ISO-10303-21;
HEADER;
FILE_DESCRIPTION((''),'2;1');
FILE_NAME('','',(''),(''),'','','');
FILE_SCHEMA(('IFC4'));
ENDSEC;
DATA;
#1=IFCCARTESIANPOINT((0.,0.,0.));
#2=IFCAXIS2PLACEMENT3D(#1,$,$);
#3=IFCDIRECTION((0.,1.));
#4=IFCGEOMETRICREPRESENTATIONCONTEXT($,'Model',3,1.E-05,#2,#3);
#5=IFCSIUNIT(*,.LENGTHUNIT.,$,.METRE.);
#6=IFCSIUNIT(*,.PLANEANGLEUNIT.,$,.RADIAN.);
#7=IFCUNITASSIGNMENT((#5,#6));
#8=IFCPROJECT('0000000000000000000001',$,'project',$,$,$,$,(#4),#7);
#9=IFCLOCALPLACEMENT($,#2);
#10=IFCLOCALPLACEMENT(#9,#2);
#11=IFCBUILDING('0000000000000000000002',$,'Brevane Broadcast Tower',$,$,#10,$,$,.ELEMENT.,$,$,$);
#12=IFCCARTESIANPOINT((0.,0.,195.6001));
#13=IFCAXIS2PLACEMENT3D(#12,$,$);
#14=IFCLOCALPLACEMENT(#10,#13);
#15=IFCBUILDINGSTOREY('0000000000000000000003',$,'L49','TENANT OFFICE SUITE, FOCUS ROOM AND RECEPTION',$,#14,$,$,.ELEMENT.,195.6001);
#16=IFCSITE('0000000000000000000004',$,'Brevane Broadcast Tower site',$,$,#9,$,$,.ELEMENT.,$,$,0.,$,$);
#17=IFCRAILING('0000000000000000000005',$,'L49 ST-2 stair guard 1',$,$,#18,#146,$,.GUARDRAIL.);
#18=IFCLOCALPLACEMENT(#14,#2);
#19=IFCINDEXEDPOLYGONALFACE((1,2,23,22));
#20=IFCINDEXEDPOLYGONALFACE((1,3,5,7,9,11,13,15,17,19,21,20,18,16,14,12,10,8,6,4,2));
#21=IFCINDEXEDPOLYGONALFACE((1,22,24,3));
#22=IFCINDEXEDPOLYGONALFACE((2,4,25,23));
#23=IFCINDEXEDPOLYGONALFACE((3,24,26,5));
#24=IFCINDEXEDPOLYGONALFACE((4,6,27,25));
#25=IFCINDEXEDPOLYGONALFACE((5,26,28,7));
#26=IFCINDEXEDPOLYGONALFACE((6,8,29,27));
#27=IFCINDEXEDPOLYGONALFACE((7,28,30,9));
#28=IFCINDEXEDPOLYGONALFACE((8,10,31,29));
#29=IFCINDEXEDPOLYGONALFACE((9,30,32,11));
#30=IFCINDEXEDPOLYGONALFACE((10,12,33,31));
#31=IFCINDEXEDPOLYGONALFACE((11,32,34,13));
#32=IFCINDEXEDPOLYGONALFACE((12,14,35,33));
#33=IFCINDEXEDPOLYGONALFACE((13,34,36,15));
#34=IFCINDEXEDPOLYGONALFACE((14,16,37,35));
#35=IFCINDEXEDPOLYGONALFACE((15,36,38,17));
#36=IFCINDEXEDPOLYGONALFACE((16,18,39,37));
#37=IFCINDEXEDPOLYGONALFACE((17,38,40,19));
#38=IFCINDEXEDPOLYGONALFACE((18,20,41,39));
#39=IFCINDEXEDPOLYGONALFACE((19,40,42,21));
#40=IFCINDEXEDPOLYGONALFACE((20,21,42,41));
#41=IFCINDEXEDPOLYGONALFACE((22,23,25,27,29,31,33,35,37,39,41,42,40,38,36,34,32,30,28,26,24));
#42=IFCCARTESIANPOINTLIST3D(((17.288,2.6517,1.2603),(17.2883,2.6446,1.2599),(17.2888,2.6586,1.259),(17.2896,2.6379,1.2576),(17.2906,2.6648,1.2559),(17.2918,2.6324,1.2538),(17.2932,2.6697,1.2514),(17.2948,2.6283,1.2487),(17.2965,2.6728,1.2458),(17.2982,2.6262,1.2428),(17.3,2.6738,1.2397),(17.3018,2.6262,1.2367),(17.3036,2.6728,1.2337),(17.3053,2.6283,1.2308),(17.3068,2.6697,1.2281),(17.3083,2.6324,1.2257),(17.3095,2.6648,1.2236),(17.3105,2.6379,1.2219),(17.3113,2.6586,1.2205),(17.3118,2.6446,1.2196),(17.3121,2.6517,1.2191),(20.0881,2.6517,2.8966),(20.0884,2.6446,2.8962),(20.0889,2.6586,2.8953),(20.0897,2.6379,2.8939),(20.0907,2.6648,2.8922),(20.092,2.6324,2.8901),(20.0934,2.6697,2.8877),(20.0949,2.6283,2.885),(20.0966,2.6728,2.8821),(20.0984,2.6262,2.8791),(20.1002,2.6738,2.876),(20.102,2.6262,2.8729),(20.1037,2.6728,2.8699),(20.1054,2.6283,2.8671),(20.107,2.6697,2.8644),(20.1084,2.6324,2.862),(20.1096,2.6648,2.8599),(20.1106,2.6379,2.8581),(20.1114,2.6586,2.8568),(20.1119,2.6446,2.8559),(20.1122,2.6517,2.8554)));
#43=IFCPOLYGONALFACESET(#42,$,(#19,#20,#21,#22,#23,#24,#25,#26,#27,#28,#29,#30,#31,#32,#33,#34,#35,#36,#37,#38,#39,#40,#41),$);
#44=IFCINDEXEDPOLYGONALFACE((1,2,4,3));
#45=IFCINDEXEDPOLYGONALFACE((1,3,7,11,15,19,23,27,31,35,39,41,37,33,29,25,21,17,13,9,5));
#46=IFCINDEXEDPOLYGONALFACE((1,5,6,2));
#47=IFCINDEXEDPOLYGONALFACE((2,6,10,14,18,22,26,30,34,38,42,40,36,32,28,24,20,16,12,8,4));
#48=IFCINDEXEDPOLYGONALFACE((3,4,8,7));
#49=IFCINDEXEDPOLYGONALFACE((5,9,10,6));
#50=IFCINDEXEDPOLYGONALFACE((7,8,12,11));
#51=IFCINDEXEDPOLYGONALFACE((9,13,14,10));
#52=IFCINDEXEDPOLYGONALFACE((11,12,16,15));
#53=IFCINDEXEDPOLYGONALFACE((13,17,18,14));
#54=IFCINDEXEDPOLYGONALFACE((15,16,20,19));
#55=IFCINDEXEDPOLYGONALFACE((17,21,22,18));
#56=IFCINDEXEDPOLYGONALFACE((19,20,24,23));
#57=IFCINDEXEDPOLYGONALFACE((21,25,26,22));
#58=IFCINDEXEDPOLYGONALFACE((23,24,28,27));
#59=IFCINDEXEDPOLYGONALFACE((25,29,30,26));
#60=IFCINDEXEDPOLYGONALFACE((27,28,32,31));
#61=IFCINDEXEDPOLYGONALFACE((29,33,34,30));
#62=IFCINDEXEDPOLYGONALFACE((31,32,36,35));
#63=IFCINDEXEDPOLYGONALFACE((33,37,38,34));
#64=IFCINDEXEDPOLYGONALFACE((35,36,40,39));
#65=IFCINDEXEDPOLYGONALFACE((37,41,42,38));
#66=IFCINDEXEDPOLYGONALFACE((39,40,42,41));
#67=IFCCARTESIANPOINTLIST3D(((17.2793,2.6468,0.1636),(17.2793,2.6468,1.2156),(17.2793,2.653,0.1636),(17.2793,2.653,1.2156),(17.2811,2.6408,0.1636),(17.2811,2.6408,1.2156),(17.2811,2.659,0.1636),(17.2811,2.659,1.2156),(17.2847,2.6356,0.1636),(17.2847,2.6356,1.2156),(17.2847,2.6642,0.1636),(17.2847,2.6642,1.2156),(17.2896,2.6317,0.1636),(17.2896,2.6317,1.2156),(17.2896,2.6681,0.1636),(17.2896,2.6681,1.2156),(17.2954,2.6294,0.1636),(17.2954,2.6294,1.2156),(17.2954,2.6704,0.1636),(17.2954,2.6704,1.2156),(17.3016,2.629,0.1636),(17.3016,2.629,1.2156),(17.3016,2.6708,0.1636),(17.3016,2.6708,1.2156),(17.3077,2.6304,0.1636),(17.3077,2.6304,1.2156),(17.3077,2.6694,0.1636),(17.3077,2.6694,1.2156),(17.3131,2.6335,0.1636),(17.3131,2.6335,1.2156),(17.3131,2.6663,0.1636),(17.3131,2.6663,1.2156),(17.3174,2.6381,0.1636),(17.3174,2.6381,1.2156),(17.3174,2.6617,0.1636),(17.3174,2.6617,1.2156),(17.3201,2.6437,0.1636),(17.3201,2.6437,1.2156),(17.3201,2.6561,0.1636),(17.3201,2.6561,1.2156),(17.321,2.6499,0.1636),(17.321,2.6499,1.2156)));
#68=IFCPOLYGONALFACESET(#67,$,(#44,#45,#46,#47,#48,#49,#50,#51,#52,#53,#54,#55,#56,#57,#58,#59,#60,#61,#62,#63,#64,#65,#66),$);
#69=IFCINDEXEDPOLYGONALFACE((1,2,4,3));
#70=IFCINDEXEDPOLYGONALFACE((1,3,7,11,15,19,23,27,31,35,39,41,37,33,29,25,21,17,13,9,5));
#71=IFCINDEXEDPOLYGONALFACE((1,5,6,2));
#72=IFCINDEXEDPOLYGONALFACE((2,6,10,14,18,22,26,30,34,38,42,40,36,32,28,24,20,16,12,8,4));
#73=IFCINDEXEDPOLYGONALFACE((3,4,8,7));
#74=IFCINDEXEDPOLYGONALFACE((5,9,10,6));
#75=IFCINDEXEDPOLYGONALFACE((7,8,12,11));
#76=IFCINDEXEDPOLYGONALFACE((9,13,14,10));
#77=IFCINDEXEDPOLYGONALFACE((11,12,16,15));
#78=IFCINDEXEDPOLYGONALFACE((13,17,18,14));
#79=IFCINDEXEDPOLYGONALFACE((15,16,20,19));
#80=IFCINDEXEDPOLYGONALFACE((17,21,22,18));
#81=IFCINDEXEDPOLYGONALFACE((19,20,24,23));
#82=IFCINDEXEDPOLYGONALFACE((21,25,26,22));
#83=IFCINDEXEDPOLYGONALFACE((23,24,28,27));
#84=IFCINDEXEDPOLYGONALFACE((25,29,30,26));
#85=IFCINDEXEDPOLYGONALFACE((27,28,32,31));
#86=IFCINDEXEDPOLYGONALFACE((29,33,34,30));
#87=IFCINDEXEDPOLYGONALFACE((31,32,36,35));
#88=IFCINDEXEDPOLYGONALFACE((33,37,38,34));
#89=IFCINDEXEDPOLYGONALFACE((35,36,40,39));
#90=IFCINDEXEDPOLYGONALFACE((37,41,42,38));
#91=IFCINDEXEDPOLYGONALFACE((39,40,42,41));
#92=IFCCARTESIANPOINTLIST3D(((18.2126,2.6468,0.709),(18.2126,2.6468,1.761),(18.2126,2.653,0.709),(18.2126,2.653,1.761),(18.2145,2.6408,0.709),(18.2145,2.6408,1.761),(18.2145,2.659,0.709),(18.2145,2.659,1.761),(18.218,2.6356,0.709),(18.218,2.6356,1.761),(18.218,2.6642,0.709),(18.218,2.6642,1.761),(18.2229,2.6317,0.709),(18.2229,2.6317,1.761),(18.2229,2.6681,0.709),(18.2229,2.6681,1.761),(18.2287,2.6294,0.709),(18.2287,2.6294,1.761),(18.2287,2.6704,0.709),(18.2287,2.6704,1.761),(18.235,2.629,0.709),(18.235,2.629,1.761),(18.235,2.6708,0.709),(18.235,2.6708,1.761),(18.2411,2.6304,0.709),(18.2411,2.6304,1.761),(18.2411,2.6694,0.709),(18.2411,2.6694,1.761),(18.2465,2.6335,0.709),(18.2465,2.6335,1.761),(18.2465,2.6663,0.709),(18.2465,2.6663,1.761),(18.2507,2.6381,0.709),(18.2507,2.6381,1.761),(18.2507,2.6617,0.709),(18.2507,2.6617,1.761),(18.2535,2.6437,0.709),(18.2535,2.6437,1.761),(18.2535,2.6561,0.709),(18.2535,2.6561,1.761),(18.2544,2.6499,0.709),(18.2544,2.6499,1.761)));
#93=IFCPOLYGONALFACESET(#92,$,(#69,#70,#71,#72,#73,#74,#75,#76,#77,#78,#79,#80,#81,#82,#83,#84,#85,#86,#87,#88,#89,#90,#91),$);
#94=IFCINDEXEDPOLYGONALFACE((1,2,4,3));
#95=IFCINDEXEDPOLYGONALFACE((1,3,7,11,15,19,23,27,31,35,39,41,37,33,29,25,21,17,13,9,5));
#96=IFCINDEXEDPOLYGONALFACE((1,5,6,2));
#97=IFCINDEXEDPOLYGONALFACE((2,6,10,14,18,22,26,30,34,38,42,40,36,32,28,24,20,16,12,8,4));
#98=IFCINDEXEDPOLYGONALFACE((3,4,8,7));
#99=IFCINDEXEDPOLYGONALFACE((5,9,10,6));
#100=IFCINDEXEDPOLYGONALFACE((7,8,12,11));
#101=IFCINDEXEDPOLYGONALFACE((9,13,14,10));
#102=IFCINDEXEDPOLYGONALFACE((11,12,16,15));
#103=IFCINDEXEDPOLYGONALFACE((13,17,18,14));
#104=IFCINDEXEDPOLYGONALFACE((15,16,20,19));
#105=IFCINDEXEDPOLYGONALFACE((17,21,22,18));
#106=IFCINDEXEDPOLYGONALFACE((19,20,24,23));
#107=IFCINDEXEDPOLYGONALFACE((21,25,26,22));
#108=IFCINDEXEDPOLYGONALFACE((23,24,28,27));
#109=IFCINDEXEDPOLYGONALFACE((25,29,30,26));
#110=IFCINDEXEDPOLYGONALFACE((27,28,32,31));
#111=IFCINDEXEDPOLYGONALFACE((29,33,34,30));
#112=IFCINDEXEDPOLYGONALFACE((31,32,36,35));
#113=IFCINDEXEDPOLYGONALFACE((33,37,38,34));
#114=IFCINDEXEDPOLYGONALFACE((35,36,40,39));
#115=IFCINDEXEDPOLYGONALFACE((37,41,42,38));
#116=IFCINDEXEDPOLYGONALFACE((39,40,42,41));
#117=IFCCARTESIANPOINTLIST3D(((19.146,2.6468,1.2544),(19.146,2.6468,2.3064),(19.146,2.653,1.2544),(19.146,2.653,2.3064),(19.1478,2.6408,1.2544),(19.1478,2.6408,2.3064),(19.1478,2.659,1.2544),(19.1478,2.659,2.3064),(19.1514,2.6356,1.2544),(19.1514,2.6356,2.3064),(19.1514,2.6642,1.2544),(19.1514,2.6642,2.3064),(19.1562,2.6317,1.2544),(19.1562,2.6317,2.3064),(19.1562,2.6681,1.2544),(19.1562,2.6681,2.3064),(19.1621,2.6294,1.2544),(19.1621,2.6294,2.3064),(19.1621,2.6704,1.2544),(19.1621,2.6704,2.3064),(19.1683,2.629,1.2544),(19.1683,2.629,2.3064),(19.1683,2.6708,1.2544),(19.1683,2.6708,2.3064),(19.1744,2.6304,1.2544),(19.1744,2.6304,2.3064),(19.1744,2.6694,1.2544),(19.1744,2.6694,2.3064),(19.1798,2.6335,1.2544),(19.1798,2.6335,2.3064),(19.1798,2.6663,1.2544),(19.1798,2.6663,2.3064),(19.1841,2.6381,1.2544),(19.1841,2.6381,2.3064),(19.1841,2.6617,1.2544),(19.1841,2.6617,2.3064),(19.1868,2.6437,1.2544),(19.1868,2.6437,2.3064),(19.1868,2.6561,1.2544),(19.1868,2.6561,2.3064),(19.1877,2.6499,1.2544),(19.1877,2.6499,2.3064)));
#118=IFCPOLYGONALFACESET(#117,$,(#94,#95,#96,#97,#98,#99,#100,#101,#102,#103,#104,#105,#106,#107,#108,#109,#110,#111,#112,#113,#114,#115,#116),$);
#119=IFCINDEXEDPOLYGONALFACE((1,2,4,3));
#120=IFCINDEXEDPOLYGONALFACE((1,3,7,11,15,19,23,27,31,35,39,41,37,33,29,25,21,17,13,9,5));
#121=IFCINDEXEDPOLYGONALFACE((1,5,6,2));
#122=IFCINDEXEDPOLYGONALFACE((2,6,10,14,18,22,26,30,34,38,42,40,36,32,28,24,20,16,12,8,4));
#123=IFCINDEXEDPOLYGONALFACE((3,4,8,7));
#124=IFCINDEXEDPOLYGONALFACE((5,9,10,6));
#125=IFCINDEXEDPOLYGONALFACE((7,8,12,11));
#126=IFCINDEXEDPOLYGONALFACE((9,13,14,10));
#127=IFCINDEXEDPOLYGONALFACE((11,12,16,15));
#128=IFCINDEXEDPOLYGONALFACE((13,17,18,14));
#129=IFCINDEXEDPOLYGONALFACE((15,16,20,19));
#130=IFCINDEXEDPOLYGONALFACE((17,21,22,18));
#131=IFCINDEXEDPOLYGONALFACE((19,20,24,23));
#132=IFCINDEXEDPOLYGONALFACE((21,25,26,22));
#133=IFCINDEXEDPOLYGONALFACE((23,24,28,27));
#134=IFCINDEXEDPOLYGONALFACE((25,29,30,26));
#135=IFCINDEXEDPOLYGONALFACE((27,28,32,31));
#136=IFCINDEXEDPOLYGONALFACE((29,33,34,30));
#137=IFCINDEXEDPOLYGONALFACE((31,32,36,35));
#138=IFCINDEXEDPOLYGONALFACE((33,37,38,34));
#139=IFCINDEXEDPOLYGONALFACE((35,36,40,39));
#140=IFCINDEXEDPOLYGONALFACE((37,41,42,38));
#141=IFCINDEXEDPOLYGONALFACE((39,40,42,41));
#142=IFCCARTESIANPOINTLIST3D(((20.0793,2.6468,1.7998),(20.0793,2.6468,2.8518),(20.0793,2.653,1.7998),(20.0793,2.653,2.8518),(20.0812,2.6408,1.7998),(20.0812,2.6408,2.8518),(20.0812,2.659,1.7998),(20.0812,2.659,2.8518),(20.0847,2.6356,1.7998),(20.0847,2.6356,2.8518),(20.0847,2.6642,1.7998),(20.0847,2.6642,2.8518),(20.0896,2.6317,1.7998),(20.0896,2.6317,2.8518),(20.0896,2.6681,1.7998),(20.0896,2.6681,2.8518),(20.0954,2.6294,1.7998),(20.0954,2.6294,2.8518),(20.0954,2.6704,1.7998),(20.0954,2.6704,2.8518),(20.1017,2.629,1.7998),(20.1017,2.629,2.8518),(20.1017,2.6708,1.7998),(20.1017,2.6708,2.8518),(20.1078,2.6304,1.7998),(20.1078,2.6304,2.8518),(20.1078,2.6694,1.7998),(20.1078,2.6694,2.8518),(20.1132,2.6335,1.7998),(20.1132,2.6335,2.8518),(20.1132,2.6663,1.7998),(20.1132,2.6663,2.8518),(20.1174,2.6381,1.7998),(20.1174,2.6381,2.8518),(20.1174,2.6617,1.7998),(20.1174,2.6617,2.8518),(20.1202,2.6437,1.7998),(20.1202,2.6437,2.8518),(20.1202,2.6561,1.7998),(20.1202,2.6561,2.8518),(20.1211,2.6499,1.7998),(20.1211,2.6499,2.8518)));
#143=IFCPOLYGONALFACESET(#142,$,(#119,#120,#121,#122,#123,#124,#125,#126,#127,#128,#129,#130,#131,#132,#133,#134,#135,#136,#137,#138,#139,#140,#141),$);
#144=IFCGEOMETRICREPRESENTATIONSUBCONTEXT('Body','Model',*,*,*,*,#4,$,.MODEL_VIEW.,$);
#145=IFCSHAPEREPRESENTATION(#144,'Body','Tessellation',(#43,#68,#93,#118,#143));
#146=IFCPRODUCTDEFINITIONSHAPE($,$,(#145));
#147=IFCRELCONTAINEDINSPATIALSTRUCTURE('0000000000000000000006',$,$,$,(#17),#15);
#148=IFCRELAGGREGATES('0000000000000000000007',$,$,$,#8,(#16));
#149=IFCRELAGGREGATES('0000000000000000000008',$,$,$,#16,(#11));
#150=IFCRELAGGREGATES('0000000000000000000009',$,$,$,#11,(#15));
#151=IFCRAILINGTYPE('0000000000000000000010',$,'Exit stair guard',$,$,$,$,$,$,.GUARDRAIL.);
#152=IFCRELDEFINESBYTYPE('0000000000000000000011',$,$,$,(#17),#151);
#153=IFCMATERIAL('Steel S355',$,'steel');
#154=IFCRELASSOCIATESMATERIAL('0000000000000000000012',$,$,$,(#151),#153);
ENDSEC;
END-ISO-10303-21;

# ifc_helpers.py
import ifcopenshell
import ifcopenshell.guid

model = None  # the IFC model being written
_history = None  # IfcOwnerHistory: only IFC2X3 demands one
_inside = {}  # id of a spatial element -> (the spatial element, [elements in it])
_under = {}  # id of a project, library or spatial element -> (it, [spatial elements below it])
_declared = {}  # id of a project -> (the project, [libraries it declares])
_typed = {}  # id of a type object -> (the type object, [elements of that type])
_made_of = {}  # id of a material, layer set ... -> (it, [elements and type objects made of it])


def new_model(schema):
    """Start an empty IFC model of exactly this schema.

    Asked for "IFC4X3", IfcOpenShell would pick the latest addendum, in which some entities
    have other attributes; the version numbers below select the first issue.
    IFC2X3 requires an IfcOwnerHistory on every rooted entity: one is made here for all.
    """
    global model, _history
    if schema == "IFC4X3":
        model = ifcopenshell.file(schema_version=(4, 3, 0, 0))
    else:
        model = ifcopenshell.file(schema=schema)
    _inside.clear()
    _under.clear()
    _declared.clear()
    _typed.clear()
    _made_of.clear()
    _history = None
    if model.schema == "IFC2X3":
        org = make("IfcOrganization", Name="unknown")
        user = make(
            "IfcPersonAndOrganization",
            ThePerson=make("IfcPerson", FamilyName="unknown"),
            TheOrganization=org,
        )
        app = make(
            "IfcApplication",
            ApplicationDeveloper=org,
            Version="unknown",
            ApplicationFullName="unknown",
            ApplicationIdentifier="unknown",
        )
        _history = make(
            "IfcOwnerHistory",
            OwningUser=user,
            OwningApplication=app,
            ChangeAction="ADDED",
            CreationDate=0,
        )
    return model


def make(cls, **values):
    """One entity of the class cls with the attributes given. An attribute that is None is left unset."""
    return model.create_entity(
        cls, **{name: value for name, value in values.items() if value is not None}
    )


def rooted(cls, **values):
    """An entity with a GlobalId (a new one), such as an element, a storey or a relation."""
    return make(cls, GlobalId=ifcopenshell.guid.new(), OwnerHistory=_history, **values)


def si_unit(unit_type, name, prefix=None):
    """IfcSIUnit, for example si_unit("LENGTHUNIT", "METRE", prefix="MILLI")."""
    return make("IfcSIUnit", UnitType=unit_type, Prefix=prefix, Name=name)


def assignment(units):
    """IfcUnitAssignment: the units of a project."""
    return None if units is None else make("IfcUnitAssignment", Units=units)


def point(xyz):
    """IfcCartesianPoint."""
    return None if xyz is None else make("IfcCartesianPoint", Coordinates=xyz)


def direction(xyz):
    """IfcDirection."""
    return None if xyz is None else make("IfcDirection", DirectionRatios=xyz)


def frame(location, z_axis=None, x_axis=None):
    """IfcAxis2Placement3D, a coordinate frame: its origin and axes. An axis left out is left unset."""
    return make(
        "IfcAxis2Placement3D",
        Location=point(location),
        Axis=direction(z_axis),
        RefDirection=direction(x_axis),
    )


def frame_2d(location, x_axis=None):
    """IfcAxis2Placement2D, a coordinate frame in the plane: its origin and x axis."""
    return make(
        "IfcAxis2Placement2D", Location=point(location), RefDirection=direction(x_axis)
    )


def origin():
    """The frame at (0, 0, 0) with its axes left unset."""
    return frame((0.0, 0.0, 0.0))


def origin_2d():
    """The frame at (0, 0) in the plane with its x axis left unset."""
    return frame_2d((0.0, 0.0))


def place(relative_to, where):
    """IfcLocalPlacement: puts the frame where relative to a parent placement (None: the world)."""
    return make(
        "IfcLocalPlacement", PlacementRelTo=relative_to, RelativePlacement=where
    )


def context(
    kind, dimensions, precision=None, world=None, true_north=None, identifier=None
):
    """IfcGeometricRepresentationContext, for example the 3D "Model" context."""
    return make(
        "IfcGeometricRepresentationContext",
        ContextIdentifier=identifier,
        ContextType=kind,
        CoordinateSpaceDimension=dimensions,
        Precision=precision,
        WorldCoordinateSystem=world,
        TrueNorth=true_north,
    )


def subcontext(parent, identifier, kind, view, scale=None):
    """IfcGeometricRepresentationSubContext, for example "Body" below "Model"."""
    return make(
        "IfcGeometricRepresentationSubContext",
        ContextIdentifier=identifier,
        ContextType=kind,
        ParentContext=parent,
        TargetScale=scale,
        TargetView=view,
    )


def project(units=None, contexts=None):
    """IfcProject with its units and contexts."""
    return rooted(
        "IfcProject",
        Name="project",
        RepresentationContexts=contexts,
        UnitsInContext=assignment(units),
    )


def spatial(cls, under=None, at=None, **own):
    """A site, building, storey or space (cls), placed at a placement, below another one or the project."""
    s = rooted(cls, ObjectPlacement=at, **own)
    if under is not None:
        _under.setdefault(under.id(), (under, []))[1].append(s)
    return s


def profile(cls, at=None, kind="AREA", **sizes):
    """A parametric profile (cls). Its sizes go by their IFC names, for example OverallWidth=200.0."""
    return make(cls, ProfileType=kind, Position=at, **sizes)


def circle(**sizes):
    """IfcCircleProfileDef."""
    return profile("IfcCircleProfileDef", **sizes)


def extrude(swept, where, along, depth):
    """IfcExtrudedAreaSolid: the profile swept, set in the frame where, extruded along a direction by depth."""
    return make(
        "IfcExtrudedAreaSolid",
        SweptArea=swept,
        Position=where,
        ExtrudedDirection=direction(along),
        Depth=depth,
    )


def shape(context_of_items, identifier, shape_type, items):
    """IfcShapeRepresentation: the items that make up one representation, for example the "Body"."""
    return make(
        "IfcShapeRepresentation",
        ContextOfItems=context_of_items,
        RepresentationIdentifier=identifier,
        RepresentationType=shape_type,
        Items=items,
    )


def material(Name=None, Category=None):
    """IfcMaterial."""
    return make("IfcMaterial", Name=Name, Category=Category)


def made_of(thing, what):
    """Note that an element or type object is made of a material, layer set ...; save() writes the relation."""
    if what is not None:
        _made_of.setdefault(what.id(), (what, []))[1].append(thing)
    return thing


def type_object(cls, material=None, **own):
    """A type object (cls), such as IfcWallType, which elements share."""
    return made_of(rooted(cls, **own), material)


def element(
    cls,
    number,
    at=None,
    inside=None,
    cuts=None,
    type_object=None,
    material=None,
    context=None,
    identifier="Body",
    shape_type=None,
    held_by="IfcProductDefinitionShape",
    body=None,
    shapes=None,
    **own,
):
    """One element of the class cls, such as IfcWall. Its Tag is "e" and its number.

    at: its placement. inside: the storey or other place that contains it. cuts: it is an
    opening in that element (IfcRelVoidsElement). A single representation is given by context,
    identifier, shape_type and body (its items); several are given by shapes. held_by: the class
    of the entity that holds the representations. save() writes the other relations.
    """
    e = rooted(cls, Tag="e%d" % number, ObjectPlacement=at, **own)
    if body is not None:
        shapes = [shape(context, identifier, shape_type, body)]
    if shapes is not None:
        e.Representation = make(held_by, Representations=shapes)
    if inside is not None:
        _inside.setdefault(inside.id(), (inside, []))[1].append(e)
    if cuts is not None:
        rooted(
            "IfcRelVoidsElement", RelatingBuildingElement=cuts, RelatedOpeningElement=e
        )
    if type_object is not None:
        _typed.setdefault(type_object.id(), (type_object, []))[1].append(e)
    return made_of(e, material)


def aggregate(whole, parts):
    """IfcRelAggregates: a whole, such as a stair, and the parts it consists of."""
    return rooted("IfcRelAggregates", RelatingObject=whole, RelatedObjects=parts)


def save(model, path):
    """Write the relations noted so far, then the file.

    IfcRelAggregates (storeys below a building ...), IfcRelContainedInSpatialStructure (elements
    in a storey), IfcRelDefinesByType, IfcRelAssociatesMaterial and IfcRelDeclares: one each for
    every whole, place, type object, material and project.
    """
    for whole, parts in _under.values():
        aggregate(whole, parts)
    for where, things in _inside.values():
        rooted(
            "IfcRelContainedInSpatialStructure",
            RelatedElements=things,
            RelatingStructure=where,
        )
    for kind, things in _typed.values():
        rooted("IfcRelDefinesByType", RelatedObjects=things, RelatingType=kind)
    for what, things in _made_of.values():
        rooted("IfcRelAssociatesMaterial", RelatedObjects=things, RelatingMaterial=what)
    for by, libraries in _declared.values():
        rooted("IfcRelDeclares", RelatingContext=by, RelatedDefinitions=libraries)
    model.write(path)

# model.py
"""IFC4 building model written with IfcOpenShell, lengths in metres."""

from ifc_helpers import new_model, si_unit, direction, frame, origin, origin_2d, place, context, subcontext, project, spatial, circle, extrude, material, type_object, element, save


model = new_model("IFC4")

# Units and contexts
model_context = context("Model", 3, precision=1e-05, world=origin(), true_north=direction((0.0, 1.0)))
body_context = subcontext(model_context, "Body", "Model", "MODEL_VIEW")
ifc_project = project(units=[si_unit("LENGTHUNIT", "METRE"), si_unit("PLANEANGLEUNIT", "RADIAN")], contexts=[model_context])

# Site, building, storey
site_placement = place(None, origin())
site = spatial("IfcSite", under=ifc_project, at=site_placement, Name="Brevane Broadcast Tower site", CompositionType="ELEMENT", RefElevation=0.0)
building_placement = place(site_placement, origin())
building = spatial("IfcBuilding", under=site, at=building_placement, Name="Brevane Broadcast Tower", CompositionType="ELEMENT")
storey_placement = place(building_placement, frame((0.0, 0.0, 195.6001)))
storey = spatial("IfcBuildingStorey", under=building, at=storey_placement, Name="L49", Description="TENANT OFFICE SUITE, FOCUS ROOM AND RECEPTION", CompositionType="ELEMENT", Elevation=195.6001)

# Railing
ifc_material_1 = material(Name="Steel S355", Category="steel")
railing_type_1 = type_object("IfcRailingType", Name="Exit stair guard", PredefinedType="GUARDRAIL", material=ifc_material_1)
railing_1_placement = place(storey_placement, frame((17.3, 2.6499, 0.1636)))
element("IfcRailing", 1, at=railing_1_placement, inside=storey, type_object=railing_type_1, Name="L49 ST-2 stair guard 1", PredefinedType="GUARDRAIL", context=body_context, shape_type="SweptSolid", body=[
    extrude(circle(Radius=0.0239, at=origin_2d()), frame((0.0, 0.0, 1.0762), z_axis=(0.863394, 0.0, 0.504531), x_axis=(0.0, 1.0, 0.0)), (0.0, 0.0, 1.0), 3.2432),
    extrude(circle(Radius=0.021, at=origin_2d()), origin(), (0.0, 0.0, 1.0), 1.052),
    extrude(circle(Radius=0.021, at=origin_2d()), frame((0.9333, 0.0, 0.5454)), (0.0, 0.0, 1.0), 1.052),
    extrude(circle(Radius=0.021, at=origin_2d()), frame((1.8667, 0.0, 1.0908)), (0.0, 0.0, 1.0), 1.052),
    extrude(circle(Radius=0.021, at=origin_2d()), frame((2.8, 0.0, 1.6362)), (0.0, 0.0, 1.0), 1.052),
])

save(model, "model.ifc")
